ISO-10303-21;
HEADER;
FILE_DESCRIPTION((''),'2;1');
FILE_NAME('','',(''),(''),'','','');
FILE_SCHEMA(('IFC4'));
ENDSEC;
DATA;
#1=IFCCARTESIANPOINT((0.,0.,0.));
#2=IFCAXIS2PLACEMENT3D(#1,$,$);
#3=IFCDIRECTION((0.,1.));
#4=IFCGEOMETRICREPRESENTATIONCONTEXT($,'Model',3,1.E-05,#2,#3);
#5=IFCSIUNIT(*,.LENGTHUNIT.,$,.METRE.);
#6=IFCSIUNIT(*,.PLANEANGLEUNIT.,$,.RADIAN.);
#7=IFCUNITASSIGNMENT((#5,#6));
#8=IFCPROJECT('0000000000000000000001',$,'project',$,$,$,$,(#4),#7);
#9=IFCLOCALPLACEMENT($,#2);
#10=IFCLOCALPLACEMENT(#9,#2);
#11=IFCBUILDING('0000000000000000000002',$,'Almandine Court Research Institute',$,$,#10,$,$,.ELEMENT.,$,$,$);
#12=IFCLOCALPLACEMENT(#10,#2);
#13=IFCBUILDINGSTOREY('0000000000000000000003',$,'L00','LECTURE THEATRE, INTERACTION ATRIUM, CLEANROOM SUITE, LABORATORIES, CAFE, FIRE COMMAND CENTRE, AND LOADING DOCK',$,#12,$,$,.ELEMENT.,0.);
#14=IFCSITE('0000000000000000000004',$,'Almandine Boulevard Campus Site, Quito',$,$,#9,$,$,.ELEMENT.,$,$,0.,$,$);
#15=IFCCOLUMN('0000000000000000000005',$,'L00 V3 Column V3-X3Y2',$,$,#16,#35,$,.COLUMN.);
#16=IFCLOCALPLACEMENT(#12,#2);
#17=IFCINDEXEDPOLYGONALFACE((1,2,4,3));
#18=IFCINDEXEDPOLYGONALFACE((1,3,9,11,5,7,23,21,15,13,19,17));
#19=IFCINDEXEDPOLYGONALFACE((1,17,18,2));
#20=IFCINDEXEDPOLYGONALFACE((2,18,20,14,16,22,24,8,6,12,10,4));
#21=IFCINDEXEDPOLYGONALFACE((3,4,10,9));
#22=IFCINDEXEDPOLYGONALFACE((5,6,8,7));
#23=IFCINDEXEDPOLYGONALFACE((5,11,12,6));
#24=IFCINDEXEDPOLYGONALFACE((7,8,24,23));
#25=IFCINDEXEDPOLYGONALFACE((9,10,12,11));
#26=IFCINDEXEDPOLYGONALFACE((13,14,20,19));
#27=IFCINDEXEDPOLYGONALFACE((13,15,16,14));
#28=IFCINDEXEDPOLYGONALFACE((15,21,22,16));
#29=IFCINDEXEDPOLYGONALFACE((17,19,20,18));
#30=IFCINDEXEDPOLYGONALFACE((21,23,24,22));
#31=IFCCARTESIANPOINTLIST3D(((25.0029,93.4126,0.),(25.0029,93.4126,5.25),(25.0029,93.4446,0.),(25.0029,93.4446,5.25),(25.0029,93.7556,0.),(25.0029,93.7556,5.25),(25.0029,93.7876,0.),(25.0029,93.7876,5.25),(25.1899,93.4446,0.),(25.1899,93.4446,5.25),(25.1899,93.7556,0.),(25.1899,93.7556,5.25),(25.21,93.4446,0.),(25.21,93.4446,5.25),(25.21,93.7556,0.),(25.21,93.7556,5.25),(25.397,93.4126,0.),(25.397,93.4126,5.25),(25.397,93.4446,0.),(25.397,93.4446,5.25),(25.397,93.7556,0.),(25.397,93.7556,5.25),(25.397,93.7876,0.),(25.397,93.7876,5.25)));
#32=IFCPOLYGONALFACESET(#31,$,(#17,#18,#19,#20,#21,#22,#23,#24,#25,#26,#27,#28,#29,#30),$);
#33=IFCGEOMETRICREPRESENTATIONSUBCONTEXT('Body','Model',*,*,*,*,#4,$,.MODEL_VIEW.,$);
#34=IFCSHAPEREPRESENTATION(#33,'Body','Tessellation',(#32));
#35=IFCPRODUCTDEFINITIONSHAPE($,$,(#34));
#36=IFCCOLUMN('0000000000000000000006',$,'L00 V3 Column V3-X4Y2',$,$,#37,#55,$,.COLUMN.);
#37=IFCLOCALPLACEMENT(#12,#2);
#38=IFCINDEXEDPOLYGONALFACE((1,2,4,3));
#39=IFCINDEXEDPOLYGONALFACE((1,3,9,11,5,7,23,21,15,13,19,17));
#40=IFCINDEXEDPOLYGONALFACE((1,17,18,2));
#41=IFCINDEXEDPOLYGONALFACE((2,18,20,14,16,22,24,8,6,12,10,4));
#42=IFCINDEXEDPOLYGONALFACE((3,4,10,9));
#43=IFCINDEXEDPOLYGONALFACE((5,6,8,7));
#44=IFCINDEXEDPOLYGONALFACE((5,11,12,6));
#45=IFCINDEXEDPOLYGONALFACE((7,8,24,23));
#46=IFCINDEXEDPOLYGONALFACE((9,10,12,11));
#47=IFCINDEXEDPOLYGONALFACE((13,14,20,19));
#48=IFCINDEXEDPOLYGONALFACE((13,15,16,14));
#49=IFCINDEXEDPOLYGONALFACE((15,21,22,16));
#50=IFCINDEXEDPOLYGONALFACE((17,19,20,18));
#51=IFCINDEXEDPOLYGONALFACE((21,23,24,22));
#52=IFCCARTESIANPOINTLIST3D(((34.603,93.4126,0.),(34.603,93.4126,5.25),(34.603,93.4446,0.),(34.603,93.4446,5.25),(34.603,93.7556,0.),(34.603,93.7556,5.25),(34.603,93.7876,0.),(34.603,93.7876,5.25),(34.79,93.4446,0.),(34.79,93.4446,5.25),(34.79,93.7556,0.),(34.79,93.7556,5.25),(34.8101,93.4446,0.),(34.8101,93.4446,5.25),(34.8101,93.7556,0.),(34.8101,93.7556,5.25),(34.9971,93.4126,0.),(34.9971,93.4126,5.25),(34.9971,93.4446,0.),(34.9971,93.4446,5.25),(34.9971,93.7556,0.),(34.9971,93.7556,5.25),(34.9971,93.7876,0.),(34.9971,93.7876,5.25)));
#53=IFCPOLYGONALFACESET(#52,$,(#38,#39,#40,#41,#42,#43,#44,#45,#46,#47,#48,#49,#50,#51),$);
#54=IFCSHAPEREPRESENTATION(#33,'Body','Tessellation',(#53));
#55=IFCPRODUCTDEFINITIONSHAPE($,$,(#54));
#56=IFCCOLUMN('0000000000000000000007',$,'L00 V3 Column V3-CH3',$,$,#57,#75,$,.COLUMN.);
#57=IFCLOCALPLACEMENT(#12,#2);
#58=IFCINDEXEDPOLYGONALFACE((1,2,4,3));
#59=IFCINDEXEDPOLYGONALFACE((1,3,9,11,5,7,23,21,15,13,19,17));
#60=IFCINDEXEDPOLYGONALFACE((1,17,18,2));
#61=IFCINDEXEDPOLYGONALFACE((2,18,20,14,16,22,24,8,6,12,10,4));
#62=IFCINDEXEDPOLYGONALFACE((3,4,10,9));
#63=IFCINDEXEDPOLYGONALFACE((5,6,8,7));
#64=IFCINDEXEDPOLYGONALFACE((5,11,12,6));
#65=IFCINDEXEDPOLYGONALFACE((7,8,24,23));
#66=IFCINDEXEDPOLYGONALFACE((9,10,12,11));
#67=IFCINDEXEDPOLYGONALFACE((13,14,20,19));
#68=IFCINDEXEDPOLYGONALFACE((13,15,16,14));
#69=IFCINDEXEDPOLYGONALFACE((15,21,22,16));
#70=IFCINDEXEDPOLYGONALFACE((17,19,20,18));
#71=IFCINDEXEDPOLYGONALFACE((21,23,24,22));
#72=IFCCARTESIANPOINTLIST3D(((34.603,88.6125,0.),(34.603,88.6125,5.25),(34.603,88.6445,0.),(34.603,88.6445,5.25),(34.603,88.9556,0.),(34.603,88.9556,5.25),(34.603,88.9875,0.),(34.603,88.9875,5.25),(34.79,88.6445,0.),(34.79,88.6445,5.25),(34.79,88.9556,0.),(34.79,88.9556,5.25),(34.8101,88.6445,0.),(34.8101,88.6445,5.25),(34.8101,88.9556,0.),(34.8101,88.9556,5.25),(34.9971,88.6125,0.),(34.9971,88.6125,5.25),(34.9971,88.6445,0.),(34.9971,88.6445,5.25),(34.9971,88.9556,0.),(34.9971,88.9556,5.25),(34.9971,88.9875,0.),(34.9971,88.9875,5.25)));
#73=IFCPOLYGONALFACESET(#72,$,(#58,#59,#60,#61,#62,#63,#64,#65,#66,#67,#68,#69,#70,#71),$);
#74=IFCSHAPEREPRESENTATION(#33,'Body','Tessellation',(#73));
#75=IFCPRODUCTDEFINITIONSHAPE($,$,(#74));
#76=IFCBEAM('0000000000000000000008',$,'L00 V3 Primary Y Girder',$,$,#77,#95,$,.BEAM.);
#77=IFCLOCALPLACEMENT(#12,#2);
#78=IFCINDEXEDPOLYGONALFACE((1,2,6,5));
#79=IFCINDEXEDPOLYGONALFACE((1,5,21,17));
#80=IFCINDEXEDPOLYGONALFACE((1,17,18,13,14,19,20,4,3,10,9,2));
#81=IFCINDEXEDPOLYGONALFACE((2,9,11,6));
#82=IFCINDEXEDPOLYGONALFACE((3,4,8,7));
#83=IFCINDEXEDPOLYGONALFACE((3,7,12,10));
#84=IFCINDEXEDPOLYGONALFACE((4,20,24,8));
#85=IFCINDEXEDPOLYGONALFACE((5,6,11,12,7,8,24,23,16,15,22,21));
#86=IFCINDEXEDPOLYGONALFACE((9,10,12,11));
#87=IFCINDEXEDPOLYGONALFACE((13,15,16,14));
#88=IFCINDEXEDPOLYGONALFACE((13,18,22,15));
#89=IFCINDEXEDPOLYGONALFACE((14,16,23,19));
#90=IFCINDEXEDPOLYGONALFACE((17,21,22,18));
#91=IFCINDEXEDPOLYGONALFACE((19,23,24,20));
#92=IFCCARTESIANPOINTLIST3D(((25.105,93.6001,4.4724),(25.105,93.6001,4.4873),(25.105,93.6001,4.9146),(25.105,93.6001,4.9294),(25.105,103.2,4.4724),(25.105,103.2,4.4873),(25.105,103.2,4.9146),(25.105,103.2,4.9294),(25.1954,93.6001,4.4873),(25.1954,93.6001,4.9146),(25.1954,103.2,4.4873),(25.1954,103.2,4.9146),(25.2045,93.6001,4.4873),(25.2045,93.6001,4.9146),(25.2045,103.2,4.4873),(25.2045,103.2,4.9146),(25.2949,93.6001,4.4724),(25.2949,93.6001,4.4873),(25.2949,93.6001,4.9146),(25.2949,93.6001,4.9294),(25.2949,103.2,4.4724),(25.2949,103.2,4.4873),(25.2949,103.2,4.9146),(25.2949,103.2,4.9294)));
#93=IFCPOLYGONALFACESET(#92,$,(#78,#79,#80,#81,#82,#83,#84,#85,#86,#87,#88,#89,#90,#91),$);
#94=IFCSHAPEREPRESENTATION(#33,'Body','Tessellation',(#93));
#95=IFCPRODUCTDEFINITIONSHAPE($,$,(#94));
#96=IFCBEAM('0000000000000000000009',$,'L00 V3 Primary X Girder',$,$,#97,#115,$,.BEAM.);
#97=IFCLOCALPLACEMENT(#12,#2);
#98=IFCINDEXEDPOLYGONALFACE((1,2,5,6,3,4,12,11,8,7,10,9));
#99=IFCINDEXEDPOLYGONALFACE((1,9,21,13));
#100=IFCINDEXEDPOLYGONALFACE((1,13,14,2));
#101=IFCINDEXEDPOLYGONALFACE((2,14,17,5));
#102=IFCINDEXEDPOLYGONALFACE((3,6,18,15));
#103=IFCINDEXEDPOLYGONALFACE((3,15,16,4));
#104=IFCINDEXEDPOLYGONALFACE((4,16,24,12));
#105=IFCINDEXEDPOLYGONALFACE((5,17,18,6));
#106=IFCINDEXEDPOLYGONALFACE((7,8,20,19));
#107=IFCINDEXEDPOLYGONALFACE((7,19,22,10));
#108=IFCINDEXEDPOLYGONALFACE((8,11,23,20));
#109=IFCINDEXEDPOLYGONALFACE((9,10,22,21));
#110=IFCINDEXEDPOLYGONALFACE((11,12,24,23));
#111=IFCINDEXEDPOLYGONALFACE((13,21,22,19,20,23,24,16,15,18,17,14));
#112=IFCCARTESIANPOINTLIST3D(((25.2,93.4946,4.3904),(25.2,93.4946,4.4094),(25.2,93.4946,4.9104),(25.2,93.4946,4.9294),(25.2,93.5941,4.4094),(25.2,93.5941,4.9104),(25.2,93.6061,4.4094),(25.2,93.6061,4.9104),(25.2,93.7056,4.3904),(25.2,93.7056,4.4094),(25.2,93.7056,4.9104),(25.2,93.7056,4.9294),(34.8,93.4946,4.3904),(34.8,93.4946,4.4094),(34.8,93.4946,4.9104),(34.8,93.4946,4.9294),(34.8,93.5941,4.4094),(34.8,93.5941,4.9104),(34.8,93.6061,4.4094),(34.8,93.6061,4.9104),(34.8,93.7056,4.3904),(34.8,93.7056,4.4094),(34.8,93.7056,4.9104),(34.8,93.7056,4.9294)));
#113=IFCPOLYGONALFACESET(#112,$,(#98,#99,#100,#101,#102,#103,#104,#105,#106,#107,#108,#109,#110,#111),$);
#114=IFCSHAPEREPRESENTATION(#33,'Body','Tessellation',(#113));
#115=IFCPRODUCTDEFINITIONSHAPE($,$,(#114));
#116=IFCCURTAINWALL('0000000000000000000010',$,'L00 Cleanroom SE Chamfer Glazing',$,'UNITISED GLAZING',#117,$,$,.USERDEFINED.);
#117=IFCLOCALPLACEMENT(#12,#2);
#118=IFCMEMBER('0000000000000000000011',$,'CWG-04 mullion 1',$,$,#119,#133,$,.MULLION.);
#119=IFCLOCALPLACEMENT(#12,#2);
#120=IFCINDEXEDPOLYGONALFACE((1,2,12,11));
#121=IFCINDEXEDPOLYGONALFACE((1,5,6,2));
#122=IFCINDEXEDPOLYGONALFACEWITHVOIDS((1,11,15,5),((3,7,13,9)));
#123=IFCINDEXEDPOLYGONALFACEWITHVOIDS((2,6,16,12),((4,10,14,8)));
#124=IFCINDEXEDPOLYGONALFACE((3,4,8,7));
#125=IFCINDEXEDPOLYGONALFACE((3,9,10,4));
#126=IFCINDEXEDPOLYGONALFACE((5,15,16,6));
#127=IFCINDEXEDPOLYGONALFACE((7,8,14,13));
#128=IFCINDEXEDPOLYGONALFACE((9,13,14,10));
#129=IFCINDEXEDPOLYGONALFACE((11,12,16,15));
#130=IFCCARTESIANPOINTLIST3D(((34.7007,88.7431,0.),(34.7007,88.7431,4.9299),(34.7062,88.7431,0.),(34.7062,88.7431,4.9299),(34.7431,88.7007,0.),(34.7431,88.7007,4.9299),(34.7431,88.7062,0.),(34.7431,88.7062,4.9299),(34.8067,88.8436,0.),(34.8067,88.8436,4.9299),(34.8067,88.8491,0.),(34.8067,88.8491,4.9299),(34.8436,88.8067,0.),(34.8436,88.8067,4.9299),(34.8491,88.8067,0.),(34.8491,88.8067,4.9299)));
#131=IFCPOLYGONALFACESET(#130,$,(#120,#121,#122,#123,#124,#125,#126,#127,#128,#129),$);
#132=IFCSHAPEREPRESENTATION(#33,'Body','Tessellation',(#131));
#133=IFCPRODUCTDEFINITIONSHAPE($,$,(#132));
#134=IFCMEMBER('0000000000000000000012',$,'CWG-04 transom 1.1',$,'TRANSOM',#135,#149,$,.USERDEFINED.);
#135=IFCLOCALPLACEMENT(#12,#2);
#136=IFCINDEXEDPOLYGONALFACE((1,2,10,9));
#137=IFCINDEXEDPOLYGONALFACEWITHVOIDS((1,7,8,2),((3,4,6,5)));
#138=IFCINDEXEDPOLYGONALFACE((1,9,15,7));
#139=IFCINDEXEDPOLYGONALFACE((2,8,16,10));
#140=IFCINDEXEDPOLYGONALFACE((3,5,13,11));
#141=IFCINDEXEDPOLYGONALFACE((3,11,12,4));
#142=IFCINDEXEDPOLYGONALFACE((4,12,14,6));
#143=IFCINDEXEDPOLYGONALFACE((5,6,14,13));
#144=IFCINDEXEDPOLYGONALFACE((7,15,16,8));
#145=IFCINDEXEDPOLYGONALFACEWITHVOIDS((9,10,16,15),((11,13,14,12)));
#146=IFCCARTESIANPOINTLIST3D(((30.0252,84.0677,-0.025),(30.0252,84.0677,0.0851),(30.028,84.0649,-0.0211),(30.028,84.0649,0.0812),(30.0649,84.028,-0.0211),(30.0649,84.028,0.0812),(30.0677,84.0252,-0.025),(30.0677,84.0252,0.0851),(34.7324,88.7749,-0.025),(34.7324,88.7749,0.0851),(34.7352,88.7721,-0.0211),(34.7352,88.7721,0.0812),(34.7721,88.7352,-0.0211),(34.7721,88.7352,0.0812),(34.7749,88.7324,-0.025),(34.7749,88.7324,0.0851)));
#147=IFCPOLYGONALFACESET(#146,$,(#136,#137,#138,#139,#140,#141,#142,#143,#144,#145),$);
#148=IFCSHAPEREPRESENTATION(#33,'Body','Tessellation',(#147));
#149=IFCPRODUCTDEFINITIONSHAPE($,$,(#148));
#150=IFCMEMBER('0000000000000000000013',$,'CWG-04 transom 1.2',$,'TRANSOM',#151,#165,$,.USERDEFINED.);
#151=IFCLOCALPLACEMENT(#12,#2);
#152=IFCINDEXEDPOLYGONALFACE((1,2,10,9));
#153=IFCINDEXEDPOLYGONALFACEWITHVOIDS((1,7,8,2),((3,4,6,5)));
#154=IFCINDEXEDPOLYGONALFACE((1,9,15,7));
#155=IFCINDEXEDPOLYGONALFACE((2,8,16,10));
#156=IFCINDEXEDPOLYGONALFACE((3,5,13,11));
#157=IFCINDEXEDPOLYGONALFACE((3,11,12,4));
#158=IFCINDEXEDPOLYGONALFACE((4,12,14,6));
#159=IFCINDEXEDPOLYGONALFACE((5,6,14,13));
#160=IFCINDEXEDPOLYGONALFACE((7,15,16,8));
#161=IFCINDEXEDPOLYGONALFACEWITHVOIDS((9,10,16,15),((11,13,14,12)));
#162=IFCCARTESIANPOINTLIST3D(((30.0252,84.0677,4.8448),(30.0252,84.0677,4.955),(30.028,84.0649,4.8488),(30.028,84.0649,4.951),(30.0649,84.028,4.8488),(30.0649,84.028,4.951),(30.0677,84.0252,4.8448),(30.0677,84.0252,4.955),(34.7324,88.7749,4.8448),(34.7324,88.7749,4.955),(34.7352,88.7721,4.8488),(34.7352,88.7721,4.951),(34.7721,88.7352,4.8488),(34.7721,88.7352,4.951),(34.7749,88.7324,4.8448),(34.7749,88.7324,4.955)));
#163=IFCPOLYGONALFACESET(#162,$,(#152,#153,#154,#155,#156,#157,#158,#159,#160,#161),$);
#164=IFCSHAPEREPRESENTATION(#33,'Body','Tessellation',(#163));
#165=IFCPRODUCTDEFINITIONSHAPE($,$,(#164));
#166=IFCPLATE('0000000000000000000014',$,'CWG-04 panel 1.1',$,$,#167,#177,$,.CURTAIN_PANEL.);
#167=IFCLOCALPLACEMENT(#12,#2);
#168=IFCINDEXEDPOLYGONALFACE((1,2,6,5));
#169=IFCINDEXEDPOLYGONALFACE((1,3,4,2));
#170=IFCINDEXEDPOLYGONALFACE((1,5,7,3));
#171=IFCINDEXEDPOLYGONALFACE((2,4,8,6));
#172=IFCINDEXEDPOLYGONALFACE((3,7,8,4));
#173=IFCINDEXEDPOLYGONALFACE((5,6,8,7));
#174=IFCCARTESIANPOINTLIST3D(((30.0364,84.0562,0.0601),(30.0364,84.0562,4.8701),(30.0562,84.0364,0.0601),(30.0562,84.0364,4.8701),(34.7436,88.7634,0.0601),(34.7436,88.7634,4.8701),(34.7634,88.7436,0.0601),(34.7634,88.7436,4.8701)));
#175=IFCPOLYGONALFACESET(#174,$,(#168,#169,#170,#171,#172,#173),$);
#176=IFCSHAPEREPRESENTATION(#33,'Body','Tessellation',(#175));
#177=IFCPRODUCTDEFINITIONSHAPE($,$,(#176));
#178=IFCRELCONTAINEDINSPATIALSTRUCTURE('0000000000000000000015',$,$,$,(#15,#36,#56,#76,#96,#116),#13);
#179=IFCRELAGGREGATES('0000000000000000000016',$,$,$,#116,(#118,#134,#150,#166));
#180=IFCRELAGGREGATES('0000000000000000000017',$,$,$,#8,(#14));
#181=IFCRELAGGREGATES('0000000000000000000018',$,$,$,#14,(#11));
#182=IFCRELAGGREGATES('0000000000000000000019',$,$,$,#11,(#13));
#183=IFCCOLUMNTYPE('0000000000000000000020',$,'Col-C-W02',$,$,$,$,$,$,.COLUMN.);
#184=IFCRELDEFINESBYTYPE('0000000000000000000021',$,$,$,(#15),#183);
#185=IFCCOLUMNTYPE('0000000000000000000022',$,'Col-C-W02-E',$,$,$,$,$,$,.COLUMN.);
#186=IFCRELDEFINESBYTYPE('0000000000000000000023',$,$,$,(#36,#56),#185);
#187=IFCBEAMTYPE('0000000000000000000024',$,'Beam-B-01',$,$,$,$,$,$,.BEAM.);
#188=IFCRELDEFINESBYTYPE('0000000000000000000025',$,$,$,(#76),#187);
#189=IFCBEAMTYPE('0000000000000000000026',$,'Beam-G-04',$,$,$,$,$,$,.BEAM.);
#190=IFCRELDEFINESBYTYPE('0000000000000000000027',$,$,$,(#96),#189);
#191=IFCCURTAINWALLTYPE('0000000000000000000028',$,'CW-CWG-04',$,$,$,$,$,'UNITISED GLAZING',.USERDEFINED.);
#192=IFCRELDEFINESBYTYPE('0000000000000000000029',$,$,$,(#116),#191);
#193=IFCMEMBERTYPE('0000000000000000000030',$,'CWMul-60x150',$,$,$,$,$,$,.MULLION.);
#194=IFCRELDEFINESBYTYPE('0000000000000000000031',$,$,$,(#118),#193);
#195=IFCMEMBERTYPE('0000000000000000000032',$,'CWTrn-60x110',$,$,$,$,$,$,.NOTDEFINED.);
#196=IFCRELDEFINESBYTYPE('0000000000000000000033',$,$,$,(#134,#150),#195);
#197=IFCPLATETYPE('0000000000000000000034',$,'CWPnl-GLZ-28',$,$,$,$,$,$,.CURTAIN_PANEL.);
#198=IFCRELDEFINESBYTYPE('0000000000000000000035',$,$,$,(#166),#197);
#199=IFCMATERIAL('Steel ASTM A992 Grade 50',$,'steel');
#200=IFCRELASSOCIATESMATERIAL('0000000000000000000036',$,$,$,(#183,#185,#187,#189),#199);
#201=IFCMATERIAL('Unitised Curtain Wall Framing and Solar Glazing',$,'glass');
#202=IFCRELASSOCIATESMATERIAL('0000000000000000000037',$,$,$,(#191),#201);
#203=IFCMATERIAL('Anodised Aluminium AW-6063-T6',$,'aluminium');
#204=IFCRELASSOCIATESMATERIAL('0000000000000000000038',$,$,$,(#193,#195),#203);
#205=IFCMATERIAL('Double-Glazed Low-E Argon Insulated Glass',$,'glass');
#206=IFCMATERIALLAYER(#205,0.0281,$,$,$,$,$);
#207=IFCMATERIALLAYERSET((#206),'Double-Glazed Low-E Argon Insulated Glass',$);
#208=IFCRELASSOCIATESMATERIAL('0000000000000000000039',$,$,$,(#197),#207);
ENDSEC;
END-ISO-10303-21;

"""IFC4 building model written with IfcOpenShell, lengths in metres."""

from ifc_helpers import new_model, si_unit, direction, frame, origin, origin_2d, place, context, subcontext, project, spatial, rectangle, hollow_rectangle, i_section, extrude, material, layer, layer_set, material_profile, profile_set, type_object, element, aggregate, save


model = new_model("IFC4")

# Units and contexts
model_context = context("Model", 3, precision=1e-05, world=origin(), true_north=direction((0.0, 1.0)))
body_context = subcontext(model_context, "Body", "Model", "MODEL_VIEW")
ifc_project = project(units=[si_unit("LENGTHUNIT", "METRE"), si_unit("PLANEANGLEUNIT", "RADIAN")], contexts=[model_context])

# Site, building, storey
site_placement = place(None, origin())
site = spatial("IfcSite", under=ifc_project, at=site_placement, Name="Almandine Boulevard Campus Site, Quito", CompositionType="ELEMENT", RefElevation=0.0)
building_placement = place(site_placement, origin())
building = spatial("IfcBuilding", under=site, at=building_placement, Name="Almandine Court Research Institute", CompositionType="ELEMENT")
storey_placement = place(building_placement, origin())
storey = spatial("IfcBuildingStorey", under=building, at=storey_placement, Name="L00", Description="LECTURE THEATRE, INTERACTION ATRIUM, CLEANROOM SUITE, LABORATORIES, CAFE, FIRE COMMAND CENTRE, AND LOADING DOCK", CompositionType="ELEMENT", Elevation=0.0)

# Columns
ifc_material_1 = material(Name="Steel ASTM A992 Grade 50", Category="steel")
ifc_material_profile_1 = material_profile(ifc_material_1, i_section(OverallWidth=0.394, OverallDepth=0.375, WebThickness=0.02, FlangeThickness=0.032, at=origin_2d()), Name="W360x216")
ifc_profile_set_1 = profile_set([ifc_material_profile_1], Name="Steel ASTM A992 Grade 50")
column_type_1 = type_object("IfcColumnType", Name="Col-C-W02", PredefinedType="COLUMN", material=ifc_profile_set_1)
column_placement = place(storey_placement, frame((25.2, 93.6001, 0.0), z_axis=(0.0, 0.0, 1.0), x_axis=(1.0, 0.0, 0.0)))
element("IfcColumn", 1, at=column_placement, inside=storey, type_object=column_type_1, Name="L00 V3 Column V3-X3Y2", PredefinedType="COLUMN", context=body_context, shape_type="SweptSolid", body=[
    extrude(i_section(OverallWidth=0.394, OverallDepth=0.375, WebThickness=0.02, FlangeThickness=0.032, at=origin_2d()), origin(), (0.0, 0.0, 1.0), 5.25),
])
ifc_material_profile_2 = material_profile(ifc_material_1, i_section(OverallWidth=0.394, OverallDepth=0.375, WebThickness=0.02, FlangeThickness=0.032, at=origin_2d()), Name="W360x216")
ifc_profile_set_2 = profile_set([ifc_material_profile_2], Name="Steel ASTM A992 Grade 50")
column_type_2 = type_object("IfcColumnType", Name="Col-C-W02-E", PredefinedType="COLUMN", material=ifc_profile_set_2)
for number, where, z_axis, x_axis, name in (
    (2, (34.8, 93.6001, 0.0), (0.0, 0.0, 1.0), (1.0, 0.0, 0.0), "L00 V3 Column V3-X4Y2"),
    (3, (34.8, 88.8, 0.0), (0.0, 0.0, 1.0), (1.0, 0.0, 0.0), "L00 V3 Column V3-CH3"),
):
    element("IfcColumn", number, at=place(storey_placement, frame(where, z_axis=z_axis, x_axis=x_axis)), inside=storey, type_object=column_type_2, Name=name, PredefinedType="COLUMN", context=body_context, shape_type="SweptSolid", body=[
        extrude(i_section(OverallWidth=0.394, OverallDepth=0.375, WebThickness=0.02, FlangeThickness=0.032, at=origin_2d()), origin(), (0.0, 0.0, 1.0), 5.25),
    ])

# Beams
ifc_material_profile_3 = material_profile(ifc_material_1, i_section(OverallWidth=0.1899, OverallDepth=0.457, WebThickness=0.009, FlangeThickness=0.0149, at=origin_2d()), Name="W460x74")
ifc_profile_set_3 = profile_set([ifc_material_profile_3], Name="Steel ASTM A992 Grade 50")
beam_type_1 = type_object("IfcBeamType", Name="Beam-B-01", PredefinedType="BEAM", material=ifc_profile_set_3)
beam_1_placement = place(storey_placement, frame((25.2, 93.6001, 4.7009), z_axis=(0.0, 1.0, 0.0), x_axis=(-1.0, 0.0, 0.0)))
element("IfcBeam", 4, at=beam_1_placement, inside=storey, type_object=beam_type_1, Name="L00 V3 Primary Y Girder", PredefinedType="BEAM", context=body_context, shape_type="SweptSolid", body=[
    extrude(i_section(OverallWidth=0.1899, OverallDepth=0.457, WebThickness=0.009, FlangeThickness=0.0149, at=origin_2d()), origin(), (0.0, 0.0, 1.0), 9.5999),
])
ifc_material_profile_4 = material_profile(ifc_material_1, i_section(OverallWidth=0.2109, OverallDepth=0.5391, WebThickness=0.012, FlangeThickness=0.019, at=origin_2d()), Name="W530x109")
ifc_profile_set_4 = profile_set([ifc_material_profile_4], Name="Steel ASTM A992 Grade 50")
beam_type_2 = type_object("IfcBeamType", Name="Beam-G-04", PredefinedType="BEAM", material=ifc_profile_set_4)
beam_2_placement = place(storey_placement, frame((25.2, 93.6001, 4.6599), z_axis=(1.0, 0.0, 0.0), x_axis=(0.0, 1.0, 0.0)))
element("IfcBeam", 5, at=beam_2_placement, inside=storey, type_object=beam_type_2, Name="L00 V3 Primary X Girder", PredefinedType="BEAM", context=body_context, shape_type="SweptSolid", body=[
    extrude(i_section(OverallWidth=0.2109, OverallDepth=0.5391, WebThickness=0.012, FlangeThickness=0.019, at=origin_2d()), origin(), (0.0, 0.0, 1.0), 9.6001),
])

# Curtain wall, members, plate
ifc_material_2 = material(Name="Unitised Curtain Wall Framing and Solar Glazing", Category="glass")
curtain_wall_type = type_object("IfcCurtainWallType", Name="CW-CWG-04", ElementType="UNITISED GLAZING", PredefinedType="USERDEFINED", material=ifc_material_2)
curtain_wall_placement = place(storey_placement, origin())
curtain_wall = element("IfcCurtainWall", 6, at=curtain_wall_placement, inside=storey, type_object=curtain_wall_type, Name="L00 Cleanroom SE Chamfer Glazing", ObjectType="UNITISED GLAZING", PredefinedType="USERDEFINED")
ifc_material_3 = material(Name="Anodised Aluminium AW-6063-T6", Category="aluminium")
ifc_material_profile_5 = material_profile(ifc_material_3, hollow_rectangle(XDim=0.0601, YDim=0.1499, WallThickness=0.0039, at=origin_2d()), Name="ALU RHS 60x150x4")
ifc_profile_set_5 = profile_set([ifc_material_profile_5], Name="Anodised Aluminium AW-6063-T6")
member_type_1 = type_object("IfcMemberType", Name="CWMul-60x150", PredefinedType="MULLION", material=ifc_profile_set_5)
member_1_placement = place(storey_placement, frame((34.7749, 88.7749, 0.0), z_axis=(0.0, 0.0, 1.0), x_axis=(0.707107, -0.707107, 0.0)))
member_1 = element("IfcMember", 7, at=member_1_placement, type_object=member_type_1, Name="CWG-04 mullion 1", PredefinedType="MULLION", context=body_context, shape_type="SweptSolid", body=[
    extrude(hollow_rectangle(XDim=0.0601, YDim=0.1499, WallThickness=0.0039, at=origin_2d()), origin(), (0.0, 0.0, 1.0), 4.9299),
])
ifc_material_profile_6 = material_profile(ifc_material_3, hollow_rectangle(XDim=0.0601, YDim=0.1101, WallThickness=0.0039, at=origin_2d()), Name="ALU RHS 60x110x4")
ifc_profile_set_6 = profile_set([ifc_material_profile_6], Name="Anodised Aluminium AW-6063-T6")
member_type_2 = type_object("IfcMemberType", Name="CWTrn-60x110", PredefinedType="NOTDEFINED", material=ifc_profile_set_6)
member_2_placement = place(storey_placement, frame((34.7537, 88.7537, 0.03), z_axis=(-0.707107, -0.707107, 0.0), x_axis=(0.707107, -0.707107, 0.0)))
member_2 = element("IfcMember", 8, at=member_2_placement, type_object=member_type_2, Name="CWG-04 transom 1.1", ObjectType="TRANSOM", PredefinedType="USERDEFINED", context=body_context, shape_type="SweptSolid", body=[
    extrude(hollow_rectangle(XDim=0.0601, YDim=0.1101, WallThickness=0.0039, at=origin_2d()), origin(), (0.0, 0.0, 1.0), 6.657),
])
member_3_placement = place(storey_placement, frame((34.7537, 88.7537, 4.8999), z_axis=(-0.707107, -0.707107, 0.0), x_axis=(0.707107, -0.707107, 0.0)))
member_3 = element("IfcMember", 9, at=member_3_placement, type_object=member_type_2, Name="CWG-04 transom 1.2", ObjectType="TRANSOM", PredefinedType="USERDEFINED", context=body_context, shape_type="SweptSolid", body=[
    extrude(hollow_rectangle(XDim=0.0601, YDim=0.1101, WallThickness=0.0039, at=origin_2d()), origin(), (0.0, 0.0, 1.0), 6.657),
])
ifc_material_4 = material(Name="Double-Glazed Low-E Argon Insulated Glass", Category="glass")
ifc_layer_1 = layer(ifc_material_4, 0.0281)
ifc_layer_set_1 = layer_set([ifc_layer_1], Name="Double-Glazed Low-E Argon Insulated Glass")
plate_type = type_object("IfcPlateType", Name="CWPnl-GLZ-28", PredefinedType="CURTAIN_PANEL", material=ifc_layer_set_1)
plate_placement = place(storey_placement, frame((32.3999, 86.3999, 0.0601), z_axis=(0.0, 0.0, 1.0), x_axis=(-0.707107, -0.707107, 0.0)))
plate = element("IfcPlate", 10, at=plate_placement, type_object=plate_type, Name="CWG-04 panel 1.1", PredefinedType="CURTAIN_PANEL", context=body_context, shape_type="SweptSolid", body=[
    extrude(rectangle(XDim=6.657, YDim=0.0281, at=origin_2d()), origin(), (0.0, 0.0, 1.0), 4.8101),
])
aggregate(curtain_wall, [member_1, member_2, member_3, plate])

save(model, "model.ifc")
